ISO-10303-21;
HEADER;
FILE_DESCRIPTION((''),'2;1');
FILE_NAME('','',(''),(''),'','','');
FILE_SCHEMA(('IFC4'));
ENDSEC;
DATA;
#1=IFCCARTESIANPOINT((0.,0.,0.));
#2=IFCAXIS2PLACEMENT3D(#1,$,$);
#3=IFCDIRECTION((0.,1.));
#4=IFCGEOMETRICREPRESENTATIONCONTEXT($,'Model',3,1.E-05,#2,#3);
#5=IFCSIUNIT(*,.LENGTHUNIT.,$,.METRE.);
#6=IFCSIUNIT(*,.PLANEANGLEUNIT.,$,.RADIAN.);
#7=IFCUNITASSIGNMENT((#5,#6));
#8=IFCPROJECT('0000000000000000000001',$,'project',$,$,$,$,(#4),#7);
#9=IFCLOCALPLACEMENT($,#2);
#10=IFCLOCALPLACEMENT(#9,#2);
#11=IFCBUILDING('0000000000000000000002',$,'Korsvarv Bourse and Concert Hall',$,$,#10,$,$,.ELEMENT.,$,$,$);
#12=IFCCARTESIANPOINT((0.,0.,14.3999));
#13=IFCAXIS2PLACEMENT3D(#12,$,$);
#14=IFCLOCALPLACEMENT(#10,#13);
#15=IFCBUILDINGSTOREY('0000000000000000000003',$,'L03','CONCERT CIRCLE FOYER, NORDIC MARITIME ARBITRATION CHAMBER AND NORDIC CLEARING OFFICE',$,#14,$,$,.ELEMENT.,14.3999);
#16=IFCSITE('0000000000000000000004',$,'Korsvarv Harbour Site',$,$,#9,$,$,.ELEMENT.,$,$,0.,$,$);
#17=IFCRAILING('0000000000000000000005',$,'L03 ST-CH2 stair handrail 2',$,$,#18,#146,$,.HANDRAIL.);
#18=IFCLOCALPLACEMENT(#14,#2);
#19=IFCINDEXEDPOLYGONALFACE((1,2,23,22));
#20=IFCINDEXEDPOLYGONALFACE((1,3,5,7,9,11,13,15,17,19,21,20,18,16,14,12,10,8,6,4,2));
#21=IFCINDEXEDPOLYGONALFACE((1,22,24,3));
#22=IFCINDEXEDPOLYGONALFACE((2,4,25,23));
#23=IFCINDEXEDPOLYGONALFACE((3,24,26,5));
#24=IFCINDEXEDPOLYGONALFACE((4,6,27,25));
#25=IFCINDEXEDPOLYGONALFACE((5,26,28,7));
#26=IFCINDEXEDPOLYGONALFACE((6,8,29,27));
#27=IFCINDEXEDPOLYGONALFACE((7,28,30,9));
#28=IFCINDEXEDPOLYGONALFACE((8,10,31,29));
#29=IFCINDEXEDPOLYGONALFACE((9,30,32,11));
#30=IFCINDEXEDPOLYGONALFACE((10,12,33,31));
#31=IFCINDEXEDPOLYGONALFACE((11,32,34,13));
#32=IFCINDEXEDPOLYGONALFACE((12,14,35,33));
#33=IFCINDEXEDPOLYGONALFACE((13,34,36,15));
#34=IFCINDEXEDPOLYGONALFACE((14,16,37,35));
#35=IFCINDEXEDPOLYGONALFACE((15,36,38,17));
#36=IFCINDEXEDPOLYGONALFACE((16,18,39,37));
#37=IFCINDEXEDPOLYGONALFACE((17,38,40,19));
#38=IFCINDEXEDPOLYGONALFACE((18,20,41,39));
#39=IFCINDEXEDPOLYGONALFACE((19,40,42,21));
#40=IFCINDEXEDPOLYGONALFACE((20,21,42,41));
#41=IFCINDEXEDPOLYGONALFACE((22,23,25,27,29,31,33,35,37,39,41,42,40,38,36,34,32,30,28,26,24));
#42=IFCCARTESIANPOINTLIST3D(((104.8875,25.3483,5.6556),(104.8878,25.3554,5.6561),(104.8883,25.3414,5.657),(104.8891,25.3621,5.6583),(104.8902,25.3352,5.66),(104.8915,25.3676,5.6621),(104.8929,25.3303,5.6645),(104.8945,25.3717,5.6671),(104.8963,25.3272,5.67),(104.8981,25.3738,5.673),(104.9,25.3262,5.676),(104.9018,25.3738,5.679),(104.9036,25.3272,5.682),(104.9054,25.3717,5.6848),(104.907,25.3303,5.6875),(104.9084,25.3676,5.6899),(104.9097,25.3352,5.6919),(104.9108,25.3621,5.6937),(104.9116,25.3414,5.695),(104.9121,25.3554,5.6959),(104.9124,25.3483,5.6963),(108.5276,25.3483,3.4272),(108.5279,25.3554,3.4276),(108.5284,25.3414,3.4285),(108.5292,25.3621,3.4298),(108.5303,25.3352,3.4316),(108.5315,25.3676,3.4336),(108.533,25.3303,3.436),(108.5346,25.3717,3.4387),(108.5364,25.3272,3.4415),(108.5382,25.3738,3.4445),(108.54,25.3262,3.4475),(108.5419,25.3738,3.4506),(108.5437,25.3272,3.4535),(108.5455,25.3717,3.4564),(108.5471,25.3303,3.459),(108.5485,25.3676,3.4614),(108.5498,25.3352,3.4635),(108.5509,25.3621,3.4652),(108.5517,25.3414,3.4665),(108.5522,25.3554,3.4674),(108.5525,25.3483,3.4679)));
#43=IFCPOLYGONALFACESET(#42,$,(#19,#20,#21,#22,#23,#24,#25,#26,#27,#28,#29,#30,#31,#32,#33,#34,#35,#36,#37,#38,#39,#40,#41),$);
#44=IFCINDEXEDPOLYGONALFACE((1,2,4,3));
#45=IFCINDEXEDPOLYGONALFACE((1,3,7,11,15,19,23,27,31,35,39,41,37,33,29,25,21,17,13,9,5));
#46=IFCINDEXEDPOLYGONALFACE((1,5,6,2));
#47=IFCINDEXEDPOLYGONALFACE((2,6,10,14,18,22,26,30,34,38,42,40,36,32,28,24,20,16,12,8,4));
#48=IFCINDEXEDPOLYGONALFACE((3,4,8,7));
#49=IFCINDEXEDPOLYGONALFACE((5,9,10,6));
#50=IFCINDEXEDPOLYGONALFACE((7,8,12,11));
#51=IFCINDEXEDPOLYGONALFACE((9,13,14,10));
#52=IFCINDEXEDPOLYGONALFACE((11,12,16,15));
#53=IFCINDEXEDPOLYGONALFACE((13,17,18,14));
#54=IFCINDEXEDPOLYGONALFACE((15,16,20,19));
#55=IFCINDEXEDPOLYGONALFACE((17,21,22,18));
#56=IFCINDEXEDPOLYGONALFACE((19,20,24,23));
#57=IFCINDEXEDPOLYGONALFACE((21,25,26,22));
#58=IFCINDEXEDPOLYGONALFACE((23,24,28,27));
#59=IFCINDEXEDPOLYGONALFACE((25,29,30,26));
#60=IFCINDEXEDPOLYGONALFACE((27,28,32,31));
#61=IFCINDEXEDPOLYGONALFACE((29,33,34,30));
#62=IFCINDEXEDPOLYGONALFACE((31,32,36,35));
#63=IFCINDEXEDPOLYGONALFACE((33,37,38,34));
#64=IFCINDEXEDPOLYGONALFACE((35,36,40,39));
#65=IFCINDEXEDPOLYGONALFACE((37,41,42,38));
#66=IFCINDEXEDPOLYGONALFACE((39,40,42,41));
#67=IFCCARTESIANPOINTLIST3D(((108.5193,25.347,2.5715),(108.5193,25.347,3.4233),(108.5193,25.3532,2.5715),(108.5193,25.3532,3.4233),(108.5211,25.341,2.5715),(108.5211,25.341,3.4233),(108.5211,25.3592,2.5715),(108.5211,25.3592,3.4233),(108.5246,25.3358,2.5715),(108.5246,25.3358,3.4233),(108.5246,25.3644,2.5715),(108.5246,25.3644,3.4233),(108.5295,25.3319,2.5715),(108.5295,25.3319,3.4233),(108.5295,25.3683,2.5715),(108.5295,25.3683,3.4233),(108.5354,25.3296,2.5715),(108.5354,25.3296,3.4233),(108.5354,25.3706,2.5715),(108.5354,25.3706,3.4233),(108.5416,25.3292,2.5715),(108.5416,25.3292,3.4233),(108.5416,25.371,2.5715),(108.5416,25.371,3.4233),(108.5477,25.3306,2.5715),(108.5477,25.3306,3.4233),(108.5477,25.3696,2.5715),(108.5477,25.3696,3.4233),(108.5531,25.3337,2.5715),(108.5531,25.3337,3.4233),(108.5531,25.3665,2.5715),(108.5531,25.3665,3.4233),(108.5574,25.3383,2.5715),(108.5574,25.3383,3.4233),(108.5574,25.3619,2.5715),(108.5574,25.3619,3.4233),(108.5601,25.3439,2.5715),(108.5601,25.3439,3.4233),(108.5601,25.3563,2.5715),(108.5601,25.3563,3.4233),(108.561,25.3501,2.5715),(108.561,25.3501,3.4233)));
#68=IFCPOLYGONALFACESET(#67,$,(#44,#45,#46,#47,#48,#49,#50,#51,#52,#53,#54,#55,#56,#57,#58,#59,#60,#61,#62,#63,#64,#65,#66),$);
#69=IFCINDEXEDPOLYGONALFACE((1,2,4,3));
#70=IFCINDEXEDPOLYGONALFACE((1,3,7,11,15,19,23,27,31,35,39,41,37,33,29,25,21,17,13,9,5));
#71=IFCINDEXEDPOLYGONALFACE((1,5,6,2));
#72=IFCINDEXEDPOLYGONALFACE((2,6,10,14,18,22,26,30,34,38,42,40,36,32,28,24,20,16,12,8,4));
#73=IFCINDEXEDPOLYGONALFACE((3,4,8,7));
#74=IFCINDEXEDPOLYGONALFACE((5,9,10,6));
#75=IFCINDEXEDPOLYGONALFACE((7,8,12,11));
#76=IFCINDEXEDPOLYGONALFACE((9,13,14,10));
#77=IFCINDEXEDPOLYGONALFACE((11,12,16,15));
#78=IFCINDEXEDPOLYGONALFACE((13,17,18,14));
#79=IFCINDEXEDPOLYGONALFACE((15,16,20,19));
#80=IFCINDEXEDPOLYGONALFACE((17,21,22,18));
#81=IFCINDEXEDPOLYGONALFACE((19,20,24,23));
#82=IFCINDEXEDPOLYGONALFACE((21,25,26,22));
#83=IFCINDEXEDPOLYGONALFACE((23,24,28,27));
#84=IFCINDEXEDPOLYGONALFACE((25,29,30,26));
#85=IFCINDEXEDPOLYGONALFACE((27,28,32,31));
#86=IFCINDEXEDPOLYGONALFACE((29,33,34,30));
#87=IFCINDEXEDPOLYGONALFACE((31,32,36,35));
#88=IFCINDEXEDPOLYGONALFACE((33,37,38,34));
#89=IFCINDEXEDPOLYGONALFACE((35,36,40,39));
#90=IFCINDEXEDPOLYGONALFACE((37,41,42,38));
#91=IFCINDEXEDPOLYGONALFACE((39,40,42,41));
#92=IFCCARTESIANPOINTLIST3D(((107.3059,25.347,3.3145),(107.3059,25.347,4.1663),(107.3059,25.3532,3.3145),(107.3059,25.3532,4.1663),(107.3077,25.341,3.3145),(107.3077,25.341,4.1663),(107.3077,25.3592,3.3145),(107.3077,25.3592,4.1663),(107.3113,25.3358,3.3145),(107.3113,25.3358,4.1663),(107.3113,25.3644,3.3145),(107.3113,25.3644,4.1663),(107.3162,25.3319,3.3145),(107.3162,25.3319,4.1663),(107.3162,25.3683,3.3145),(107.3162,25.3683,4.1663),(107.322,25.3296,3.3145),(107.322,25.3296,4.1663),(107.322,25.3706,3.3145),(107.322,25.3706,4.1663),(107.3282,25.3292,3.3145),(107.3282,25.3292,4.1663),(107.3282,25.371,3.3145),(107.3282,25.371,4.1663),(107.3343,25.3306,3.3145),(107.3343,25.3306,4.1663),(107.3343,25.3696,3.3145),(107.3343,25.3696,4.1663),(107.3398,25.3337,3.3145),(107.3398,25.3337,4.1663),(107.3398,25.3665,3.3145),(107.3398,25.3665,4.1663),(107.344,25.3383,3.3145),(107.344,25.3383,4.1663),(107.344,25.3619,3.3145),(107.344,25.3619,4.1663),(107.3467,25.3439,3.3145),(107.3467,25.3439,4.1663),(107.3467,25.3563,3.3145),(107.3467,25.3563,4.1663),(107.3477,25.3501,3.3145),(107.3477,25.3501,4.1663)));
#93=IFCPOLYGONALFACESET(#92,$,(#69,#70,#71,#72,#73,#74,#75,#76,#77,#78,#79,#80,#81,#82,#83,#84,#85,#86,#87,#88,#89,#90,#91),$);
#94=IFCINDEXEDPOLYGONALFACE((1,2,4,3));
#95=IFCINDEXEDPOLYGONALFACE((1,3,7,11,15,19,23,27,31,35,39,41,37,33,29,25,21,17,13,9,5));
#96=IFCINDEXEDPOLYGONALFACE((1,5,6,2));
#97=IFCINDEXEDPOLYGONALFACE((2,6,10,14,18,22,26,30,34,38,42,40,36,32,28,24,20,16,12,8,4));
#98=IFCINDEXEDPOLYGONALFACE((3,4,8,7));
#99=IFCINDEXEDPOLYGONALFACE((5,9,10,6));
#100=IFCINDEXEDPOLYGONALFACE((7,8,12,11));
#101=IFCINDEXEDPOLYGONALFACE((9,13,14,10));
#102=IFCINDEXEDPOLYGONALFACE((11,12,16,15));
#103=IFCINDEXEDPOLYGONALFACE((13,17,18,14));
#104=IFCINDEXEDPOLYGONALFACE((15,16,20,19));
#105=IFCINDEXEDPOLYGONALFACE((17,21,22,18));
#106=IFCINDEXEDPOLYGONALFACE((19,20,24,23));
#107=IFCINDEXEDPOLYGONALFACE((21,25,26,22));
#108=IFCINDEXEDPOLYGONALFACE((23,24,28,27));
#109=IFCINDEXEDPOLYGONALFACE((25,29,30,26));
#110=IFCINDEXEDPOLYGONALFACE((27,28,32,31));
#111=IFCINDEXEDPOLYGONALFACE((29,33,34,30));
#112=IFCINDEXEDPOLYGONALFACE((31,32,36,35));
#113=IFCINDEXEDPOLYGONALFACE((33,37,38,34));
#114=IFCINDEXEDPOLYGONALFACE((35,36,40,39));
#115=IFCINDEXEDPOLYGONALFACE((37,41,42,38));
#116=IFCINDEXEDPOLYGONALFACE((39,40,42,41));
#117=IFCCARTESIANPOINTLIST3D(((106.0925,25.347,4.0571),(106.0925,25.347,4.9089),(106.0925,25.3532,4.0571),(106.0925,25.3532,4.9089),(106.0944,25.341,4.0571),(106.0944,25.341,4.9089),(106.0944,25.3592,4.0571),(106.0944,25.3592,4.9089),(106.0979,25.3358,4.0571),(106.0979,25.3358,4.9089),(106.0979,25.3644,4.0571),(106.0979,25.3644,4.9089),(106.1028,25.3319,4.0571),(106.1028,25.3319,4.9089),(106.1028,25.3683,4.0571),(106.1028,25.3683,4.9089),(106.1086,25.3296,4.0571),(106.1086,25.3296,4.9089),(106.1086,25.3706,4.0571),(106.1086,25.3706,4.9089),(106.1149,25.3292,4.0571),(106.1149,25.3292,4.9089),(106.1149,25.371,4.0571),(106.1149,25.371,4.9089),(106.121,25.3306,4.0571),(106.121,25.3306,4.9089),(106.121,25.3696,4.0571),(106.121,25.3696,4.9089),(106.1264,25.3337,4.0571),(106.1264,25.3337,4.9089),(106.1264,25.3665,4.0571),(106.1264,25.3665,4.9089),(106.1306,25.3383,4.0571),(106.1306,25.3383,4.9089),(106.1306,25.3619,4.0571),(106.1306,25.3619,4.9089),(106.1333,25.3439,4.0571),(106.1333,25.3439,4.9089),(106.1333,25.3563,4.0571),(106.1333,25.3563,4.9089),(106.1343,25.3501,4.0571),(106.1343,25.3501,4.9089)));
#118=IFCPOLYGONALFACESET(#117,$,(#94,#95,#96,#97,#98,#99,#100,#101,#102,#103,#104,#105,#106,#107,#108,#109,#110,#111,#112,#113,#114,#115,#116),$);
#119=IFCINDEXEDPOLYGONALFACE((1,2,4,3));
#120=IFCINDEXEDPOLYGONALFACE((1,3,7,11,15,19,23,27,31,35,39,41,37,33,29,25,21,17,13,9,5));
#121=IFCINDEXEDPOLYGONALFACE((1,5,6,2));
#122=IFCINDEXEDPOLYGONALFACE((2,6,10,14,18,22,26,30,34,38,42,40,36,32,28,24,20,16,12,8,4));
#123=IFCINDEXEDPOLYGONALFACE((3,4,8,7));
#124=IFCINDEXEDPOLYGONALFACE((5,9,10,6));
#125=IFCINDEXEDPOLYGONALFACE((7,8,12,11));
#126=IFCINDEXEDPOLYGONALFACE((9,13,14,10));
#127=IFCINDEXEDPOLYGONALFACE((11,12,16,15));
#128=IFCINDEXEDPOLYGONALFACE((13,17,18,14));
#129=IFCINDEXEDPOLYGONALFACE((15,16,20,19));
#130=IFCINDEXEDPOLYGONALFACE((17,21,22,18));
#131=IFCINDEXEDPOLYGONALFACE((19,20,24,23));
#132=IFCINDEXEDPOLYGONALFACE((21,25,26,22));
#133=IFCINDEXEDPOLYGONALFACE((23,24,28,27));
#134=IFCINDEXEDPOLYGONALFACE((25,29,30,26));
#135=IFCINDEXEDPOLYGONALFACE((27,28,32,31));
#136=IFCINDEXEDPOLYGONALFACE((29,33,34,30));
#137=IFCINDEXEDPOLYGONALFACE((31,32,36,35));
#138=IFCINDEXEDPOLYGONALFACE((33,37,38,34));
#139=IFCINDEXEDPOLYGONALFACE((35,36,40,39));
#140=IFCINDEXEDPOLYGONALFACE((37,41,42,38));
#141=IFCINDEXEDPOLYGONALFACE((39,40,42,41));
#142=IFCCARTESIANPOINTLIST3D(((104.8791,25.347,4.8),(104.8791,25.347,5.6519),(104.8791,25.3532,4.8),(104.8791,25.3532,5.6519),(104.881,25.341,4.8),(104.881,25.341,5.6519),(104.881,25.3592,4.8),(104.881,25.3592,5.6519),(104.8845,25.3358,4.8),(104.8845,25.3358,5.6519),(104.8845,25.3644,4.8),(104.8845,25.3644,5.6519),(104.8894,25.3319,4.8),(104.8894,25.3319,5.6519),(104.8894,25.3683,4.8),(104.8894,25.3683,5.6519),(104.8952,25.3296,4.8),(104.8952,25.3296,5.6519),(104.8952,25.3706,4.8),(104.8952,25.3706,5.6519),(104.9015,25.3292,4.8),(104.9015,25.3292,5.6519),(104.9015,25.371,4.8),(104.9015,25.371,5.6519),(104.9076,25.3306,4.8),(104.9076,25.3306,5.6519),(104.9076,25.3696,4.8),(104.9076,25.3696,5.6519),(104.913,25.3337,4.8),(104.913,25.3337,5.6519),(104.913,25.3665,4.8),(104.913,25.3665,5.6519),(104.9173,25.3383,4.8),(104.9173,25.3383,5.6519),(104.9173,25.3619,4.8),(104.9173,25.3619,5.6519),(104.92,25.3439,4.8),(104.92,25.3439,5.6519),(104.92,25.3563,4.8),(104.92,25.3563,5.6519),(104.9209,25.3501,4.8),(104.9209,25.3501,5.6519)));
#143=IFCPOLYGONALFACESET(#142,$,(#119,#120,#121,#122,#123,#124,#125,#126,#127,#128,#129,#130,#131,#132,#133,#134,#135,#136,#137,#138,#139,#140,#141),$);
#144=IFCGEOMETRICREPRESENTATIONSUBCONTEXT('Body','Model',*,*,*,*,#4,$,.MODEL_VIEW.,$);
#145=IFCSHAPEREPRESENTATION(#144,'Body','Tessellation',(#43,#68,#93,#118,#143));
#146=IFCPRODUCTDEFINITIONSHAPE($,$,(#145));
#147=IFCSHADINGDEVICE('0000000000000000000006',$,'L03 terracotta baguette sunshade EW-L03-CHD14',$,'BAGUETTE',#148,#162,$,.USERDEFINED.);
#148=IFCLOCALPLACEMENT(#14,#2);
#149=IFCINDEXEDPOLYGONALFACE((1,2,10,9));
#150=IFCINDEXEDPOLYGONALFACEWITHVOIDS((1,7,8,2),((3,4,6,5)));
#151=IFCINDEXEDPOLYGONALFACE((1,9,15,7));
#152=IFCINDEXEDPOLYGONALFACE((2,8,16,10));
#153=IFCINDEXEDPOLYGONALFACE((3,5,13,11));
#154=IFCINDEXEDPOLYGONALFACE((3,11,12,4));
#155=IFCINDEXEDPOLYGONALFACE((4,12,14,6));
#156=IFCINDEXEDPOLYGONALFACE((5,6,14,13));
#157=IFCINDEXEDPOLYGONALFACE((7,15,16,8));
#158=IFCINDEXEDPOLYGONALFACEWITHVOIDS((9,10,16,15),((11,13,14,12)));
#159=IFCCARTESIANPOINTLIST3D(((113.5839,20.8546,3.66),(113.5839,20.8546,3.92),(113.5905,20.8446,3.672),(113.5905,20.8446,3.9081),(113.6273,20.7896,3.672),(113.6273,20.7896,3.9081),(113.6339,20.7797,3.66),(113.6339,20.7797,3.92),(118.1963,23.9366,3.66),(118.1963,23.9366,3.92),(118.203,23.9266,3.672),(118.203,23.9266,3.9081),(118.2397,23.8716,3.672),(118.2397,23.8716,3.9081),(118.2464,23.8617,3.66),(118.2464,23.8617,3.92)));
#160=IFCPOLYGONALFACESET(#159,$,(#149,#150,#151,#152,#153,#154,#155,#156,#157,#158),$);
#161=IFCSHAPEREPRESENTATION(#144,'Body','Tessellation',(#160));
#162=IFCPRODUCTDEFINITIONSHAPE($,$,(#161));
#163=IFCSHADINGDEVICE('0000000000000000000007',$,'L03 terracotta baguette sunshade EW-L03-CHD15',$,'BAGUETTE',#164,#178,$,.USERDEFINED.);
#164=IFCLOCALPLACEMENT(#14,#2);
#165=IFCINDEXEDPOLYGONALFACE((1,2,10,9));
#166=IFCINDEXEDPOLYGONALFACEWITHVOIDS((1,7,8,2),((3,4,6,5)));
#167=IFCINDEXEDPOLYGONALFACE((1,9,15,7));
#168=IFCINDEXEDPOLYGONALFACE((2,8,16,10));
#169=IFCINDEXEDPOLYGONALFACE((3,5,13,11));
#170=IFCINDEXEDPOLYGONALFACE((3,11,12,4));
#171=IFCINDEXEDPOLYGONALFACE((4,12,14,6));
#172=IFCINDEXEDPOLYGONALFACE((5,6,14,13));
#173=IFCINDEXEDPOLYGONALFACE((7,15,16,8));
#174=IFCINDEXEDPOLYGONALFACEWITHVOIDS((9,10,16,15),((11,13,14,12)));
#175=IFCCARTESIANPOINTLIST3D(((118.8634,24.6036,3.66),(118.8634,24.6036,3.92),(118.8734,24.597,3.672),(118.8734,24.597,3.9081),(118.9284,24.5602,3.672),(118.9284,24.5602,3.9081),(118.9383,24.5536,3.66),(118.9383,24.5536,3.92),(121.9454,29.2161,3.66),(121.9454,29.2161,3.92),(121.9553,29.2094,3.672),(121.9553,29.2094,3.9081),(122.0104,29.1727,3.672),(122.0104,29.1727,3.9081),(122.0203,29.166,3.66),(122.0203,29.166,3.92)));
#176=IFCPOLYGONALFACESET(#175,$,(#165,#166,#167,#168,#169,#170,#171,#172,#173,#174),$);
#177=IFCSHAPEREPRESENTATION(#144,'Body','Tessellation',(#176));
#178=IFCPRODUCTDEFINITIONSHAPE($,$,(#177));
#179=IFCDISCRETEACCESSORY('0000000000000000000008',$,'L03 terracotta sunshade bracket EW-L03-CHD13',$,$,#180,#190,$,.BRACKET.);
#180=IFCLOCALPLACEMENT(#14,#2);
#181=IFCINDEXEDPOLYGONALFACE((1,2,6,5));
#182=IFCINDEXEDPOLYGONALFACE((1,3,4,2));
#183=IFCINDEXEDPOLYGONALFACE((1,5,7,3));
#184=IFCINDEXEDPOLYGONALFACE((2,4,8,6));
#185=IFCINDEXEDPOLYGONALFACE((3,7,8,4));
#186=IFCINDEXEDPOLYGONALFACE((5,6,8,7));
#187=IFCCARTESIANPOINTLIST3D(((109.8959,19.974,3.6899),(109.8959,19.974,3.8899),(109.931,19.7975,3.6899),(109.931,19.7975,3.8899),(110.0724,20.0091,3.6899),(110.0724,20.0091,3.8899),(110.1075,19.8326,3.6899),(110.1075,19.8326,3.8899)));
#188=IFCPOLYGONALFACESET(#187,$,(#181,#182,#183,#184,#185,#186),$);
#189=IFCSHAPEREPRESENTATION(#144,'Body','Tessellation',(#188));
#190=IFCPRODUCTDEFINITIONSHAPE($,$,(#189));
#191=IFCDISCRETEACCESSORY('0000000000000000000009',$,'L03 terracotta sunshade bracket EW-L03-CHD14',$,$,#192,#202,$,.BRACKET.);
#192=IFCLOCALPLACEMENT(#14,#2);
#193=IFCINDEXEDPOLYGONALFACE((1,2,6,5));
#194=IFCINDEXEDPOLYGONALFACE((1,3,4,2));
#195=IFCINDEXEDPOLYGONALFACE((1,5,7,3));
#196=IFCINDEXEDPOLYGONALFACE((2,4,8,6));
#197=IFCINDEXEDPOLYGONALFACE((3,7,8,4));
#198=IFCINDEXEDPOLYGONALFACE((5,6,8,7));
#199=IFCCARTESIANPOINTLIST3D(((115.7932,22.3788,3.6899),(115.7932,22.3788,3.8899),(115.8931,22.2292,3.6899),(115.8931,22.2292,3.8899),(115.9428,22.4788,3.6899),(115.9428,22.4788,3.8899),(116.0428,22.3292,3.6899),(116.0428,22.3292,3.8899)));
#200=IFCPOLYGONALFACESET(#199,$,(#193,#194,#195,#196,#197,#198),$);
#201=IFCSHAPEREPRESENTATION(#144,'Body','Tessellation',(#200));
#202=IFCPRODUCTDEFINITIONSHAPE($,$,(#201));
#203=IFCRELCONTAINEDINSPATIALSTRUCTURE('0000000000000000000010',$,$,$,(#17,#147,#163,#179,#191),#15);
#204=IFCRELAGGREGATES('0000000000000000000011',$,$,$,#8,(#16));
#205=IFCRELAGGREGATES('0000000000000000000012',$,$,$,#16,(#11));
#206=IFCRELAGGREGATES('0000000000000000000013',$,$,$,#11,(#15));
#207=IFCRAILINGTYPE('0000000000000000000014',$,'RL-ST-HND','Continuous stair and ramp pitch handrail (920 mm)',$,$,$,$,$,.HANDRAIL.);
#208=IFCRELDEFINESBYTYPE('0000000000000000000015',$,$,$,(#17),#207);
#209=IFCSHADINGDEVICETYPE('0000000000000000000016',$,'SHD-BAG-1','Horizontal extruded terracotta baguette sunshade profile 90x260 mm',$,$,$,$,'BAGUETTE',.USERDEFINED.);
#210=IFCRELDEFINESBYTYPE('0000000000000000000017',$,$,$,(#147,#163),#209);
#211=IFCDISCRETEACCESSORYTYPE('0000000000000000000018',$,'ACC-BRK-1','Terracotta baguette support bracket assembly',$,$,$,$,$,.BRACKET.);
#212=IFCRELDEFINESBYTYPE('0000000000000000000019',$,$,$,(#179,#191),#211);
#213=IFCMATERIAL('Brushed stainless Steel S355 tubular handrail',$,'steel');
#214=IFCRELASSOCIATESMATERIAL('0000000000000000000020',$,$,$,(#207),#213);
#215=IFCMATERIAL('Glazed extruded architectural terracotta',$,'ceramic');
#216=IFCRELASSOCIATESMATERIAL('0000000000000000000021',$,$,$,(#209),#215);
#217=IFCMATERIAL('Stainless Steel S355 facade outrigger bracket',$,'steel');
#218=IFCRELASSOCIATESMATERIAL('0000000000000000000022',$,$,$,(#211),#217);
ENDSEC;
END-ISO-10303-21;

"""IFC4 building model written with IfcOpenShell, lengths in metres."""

from ifc_helpers import new_model, si_unit, direction, frame, origin, origin_2d, place, context, subcontext, project, spatial, rectangle, hollow_rectangle, circle, extrude, source, transform, mapped, material, material_profile, profile_set, type_object, element, save


model = new_model("IFC4")

# Units and contexts
model_context = context("Model", 3, precision=1e-05, world=origin(), true_north=direction((0.0, 1.0)))
body_context = subcontext(model_context, "Body", "Model", "MODEL_VIEW")
ifc_project = project(units=[si_unit("LENGTHUNIT", "METRE"), si_unit("PLANEANGLEUNIT", "RADIAN")], contexts=[model_context])

# Site, building, storey
site_placement = place(None, origin())
site = spatial("IfcSite", under=ifc_project, at=site_placement, Name="Korsvarv Harbour Site", CompositionType="ELEMENT", RefElevation=0.0)
building_placement = place(site_placement, origin())
building = spatial("IfcBuilding", under=site, at=building_placement, Name="Korsvarv Bourse and Concert Hall", CompositionType="ELEMENT")
storey_placement = place(building_placement, frame((0.0, 0.0, 14.3999)))
storey = spatial("IfcBuildingStorey", under=building, at=storey_placement, Name="L03", Description="CONCERT CIRCLE FOYER, NORDIC MARITIME ARBITRATION CHAMBER AND NORDIC CLEARING OFFICE", CompositionType="ELEMENT", Elevation=14.3999)

# Railing
ifc_material_1 = material(Name="Brushed stainless Steel S355 tubular handrail", Category="steel")
railing_type_1 = type_object("IfcRailingType", Name="RL-ST-HND", Description="Continuous stair and ramp pitch handrail (920 mm)", PredefinedType="HANDRAIL", material=ifc_material_1)
railing_1_placement = place(storey_placement, frame((108.54, 25.3501, 2.5715)))
element("IfcRailing", 1, at=railing_1_placement, inside=storey, type_object=railing_type_1, Name="L03 ST-CH2 stair handrail 2", PredefinedType="HANDRAIL", context=body_context, shape_type="SweptSolid", body=[
    extrude(circle(Radius=0.0239, at=origin_2d()), frame((0.0, 0.0, 0.876), z_axis=(-0.852866, 0.0, 0.52213), x_axis=(0.0, -1.0, 0.0)), (0.0, 0.0, 1.0), 4.2681),
    extrude(circle(Radius=0.021, at=origin_2d()), origin(), (0.0, 0.0, 1.0), 0.8518),
    extrude(circle(Radius=0.021, at=origin_2d()), frame((-1.2134, 0.0, 0.7429)), (0.0, 0.0, 1.0), 0.8518),
    extrude(circle(Radius=0.021, at=origin_2d()), frame((-2.4268, 0.0, 1.4856)), (0.0, 0.0, 1.0), 0.8518),
    extrude(circle(Radius=0.021, at=origin_2d()), frame((-3.6401, 0.0, 2.2285)), (0.0, 0.0, 1.0), 0.8518),
])

# Shading devices
ifc_material_2 = material(Name="Glazed extruded architectural terracotta", Category="ceramic")
ifc_material_profile_1 = material_profile(ifc_material_2, hollow_rectangle(XDim=0.0901, YDim=0.26, WallThickness=0.012, at=origin_2d()), Name="TC-BAG 90x260")
ifc_profile_set_1 = profile_set([ifc_material_profile_1], Name="Glazed extruded architectural terracotta")
shading_device_type = type_object("IfcShadingDeviceType", Name="SHD-BAG-1", Description="Horizontal extruded terracotta baguette sunshade profile 90x260 mm", ElementType="BAGUETTE", PredefinedType="USERDEFINED", material=ifc_profile_set_1)
shared_shape_1 = source(origin(), body_context, "Body", "SweptSolid", [
    extrude(hollow_rectangle(XDim=0.0901, YDim=0.26, WallThickness=0.012, at=origin_2d()), origin(), (0.0, 0.0, 1.0), 5.5474),
])
for number, where, z_axis, x_axis, name in (
    (2, (113.6089, 20.8171, 3.79), (0.831468, 0.555573, 0.0), (-0.555573, 0.831468, 0.0), "L03 terracotta baguette sunshade EW-L03-CHD14"),
    (3, (118.9009, 24.5786, 3.79), (0.555573, 0.831468, 0.0), (-0.831468, 0.555573, 0.0), "L03 terracotta baguette sunshade EW-L03-CHD15"),
):
    element("IfcShadingDevice", number, at=place(storey_placement, frame(where, z_axis=z_axis, x_axis=x_axis)), inside=storey, type_object=shading_device_type, Name=name, ObjectType="BAGUETTE", PredefinedType="USERDEFINED", context=body_context, shape_type="MappedRepresentation", body=[
        mapped(shared_shape_1, transform((0.0, 0.0, 0.0), scale=1.0)),
    ])

# Discrete accessories
ifc_material_3 = material(Name="Stainless Steel S355 facade outrigger bracket", Category="steel")
discrete_accessory_type = type_object("IfcDiscreteAccessoryType", Name="ACC-BRK-1", Description="Terracotta baguette support bracket assembly", PredefinedType="BRACKET", material=ifc_material_3)
shared_shape_2 = source(origin(), body_context, "Body", "SweptSolid", [
    extrude(rectangle(XDim=0.1799, YDim=0.1799, at=origin_2d()), origin(), (0.0, 0.0, 1.0), 0.2),
])
for number, where, z_axis, x_axis, name in (
    (4, (110.0017, 19.9033, 3.6899), (0.0, 0.0, 1.0), (0.980785, 0.19509, 0.0), "L03 terracotta sunshade bracket EW-L03-CHD13"),
    (5, (115.918, 22.354, 3.6899), (0.0, 0.0, 1.0), (0.83147, 0.55557, 0.0), "L03 terracotta sunshade bracket EW-L03-CHD14"),
):
    element("IfcDiscreteAccessory", number, at=place(storey_placement, frame(where, z_axis=z_axis, x_axis=x_axis)), inside=storey, type_object=discrete_accessory_type, Name=name, PredefinedType="BRACKET", context=body_context, shape_type="MappedRepresentation", body=[
        mapped(shared_shape_2, transform((0.0, 0.0, 0.0), scale=1.0)),
    ])

save(model, "model.ifc")
